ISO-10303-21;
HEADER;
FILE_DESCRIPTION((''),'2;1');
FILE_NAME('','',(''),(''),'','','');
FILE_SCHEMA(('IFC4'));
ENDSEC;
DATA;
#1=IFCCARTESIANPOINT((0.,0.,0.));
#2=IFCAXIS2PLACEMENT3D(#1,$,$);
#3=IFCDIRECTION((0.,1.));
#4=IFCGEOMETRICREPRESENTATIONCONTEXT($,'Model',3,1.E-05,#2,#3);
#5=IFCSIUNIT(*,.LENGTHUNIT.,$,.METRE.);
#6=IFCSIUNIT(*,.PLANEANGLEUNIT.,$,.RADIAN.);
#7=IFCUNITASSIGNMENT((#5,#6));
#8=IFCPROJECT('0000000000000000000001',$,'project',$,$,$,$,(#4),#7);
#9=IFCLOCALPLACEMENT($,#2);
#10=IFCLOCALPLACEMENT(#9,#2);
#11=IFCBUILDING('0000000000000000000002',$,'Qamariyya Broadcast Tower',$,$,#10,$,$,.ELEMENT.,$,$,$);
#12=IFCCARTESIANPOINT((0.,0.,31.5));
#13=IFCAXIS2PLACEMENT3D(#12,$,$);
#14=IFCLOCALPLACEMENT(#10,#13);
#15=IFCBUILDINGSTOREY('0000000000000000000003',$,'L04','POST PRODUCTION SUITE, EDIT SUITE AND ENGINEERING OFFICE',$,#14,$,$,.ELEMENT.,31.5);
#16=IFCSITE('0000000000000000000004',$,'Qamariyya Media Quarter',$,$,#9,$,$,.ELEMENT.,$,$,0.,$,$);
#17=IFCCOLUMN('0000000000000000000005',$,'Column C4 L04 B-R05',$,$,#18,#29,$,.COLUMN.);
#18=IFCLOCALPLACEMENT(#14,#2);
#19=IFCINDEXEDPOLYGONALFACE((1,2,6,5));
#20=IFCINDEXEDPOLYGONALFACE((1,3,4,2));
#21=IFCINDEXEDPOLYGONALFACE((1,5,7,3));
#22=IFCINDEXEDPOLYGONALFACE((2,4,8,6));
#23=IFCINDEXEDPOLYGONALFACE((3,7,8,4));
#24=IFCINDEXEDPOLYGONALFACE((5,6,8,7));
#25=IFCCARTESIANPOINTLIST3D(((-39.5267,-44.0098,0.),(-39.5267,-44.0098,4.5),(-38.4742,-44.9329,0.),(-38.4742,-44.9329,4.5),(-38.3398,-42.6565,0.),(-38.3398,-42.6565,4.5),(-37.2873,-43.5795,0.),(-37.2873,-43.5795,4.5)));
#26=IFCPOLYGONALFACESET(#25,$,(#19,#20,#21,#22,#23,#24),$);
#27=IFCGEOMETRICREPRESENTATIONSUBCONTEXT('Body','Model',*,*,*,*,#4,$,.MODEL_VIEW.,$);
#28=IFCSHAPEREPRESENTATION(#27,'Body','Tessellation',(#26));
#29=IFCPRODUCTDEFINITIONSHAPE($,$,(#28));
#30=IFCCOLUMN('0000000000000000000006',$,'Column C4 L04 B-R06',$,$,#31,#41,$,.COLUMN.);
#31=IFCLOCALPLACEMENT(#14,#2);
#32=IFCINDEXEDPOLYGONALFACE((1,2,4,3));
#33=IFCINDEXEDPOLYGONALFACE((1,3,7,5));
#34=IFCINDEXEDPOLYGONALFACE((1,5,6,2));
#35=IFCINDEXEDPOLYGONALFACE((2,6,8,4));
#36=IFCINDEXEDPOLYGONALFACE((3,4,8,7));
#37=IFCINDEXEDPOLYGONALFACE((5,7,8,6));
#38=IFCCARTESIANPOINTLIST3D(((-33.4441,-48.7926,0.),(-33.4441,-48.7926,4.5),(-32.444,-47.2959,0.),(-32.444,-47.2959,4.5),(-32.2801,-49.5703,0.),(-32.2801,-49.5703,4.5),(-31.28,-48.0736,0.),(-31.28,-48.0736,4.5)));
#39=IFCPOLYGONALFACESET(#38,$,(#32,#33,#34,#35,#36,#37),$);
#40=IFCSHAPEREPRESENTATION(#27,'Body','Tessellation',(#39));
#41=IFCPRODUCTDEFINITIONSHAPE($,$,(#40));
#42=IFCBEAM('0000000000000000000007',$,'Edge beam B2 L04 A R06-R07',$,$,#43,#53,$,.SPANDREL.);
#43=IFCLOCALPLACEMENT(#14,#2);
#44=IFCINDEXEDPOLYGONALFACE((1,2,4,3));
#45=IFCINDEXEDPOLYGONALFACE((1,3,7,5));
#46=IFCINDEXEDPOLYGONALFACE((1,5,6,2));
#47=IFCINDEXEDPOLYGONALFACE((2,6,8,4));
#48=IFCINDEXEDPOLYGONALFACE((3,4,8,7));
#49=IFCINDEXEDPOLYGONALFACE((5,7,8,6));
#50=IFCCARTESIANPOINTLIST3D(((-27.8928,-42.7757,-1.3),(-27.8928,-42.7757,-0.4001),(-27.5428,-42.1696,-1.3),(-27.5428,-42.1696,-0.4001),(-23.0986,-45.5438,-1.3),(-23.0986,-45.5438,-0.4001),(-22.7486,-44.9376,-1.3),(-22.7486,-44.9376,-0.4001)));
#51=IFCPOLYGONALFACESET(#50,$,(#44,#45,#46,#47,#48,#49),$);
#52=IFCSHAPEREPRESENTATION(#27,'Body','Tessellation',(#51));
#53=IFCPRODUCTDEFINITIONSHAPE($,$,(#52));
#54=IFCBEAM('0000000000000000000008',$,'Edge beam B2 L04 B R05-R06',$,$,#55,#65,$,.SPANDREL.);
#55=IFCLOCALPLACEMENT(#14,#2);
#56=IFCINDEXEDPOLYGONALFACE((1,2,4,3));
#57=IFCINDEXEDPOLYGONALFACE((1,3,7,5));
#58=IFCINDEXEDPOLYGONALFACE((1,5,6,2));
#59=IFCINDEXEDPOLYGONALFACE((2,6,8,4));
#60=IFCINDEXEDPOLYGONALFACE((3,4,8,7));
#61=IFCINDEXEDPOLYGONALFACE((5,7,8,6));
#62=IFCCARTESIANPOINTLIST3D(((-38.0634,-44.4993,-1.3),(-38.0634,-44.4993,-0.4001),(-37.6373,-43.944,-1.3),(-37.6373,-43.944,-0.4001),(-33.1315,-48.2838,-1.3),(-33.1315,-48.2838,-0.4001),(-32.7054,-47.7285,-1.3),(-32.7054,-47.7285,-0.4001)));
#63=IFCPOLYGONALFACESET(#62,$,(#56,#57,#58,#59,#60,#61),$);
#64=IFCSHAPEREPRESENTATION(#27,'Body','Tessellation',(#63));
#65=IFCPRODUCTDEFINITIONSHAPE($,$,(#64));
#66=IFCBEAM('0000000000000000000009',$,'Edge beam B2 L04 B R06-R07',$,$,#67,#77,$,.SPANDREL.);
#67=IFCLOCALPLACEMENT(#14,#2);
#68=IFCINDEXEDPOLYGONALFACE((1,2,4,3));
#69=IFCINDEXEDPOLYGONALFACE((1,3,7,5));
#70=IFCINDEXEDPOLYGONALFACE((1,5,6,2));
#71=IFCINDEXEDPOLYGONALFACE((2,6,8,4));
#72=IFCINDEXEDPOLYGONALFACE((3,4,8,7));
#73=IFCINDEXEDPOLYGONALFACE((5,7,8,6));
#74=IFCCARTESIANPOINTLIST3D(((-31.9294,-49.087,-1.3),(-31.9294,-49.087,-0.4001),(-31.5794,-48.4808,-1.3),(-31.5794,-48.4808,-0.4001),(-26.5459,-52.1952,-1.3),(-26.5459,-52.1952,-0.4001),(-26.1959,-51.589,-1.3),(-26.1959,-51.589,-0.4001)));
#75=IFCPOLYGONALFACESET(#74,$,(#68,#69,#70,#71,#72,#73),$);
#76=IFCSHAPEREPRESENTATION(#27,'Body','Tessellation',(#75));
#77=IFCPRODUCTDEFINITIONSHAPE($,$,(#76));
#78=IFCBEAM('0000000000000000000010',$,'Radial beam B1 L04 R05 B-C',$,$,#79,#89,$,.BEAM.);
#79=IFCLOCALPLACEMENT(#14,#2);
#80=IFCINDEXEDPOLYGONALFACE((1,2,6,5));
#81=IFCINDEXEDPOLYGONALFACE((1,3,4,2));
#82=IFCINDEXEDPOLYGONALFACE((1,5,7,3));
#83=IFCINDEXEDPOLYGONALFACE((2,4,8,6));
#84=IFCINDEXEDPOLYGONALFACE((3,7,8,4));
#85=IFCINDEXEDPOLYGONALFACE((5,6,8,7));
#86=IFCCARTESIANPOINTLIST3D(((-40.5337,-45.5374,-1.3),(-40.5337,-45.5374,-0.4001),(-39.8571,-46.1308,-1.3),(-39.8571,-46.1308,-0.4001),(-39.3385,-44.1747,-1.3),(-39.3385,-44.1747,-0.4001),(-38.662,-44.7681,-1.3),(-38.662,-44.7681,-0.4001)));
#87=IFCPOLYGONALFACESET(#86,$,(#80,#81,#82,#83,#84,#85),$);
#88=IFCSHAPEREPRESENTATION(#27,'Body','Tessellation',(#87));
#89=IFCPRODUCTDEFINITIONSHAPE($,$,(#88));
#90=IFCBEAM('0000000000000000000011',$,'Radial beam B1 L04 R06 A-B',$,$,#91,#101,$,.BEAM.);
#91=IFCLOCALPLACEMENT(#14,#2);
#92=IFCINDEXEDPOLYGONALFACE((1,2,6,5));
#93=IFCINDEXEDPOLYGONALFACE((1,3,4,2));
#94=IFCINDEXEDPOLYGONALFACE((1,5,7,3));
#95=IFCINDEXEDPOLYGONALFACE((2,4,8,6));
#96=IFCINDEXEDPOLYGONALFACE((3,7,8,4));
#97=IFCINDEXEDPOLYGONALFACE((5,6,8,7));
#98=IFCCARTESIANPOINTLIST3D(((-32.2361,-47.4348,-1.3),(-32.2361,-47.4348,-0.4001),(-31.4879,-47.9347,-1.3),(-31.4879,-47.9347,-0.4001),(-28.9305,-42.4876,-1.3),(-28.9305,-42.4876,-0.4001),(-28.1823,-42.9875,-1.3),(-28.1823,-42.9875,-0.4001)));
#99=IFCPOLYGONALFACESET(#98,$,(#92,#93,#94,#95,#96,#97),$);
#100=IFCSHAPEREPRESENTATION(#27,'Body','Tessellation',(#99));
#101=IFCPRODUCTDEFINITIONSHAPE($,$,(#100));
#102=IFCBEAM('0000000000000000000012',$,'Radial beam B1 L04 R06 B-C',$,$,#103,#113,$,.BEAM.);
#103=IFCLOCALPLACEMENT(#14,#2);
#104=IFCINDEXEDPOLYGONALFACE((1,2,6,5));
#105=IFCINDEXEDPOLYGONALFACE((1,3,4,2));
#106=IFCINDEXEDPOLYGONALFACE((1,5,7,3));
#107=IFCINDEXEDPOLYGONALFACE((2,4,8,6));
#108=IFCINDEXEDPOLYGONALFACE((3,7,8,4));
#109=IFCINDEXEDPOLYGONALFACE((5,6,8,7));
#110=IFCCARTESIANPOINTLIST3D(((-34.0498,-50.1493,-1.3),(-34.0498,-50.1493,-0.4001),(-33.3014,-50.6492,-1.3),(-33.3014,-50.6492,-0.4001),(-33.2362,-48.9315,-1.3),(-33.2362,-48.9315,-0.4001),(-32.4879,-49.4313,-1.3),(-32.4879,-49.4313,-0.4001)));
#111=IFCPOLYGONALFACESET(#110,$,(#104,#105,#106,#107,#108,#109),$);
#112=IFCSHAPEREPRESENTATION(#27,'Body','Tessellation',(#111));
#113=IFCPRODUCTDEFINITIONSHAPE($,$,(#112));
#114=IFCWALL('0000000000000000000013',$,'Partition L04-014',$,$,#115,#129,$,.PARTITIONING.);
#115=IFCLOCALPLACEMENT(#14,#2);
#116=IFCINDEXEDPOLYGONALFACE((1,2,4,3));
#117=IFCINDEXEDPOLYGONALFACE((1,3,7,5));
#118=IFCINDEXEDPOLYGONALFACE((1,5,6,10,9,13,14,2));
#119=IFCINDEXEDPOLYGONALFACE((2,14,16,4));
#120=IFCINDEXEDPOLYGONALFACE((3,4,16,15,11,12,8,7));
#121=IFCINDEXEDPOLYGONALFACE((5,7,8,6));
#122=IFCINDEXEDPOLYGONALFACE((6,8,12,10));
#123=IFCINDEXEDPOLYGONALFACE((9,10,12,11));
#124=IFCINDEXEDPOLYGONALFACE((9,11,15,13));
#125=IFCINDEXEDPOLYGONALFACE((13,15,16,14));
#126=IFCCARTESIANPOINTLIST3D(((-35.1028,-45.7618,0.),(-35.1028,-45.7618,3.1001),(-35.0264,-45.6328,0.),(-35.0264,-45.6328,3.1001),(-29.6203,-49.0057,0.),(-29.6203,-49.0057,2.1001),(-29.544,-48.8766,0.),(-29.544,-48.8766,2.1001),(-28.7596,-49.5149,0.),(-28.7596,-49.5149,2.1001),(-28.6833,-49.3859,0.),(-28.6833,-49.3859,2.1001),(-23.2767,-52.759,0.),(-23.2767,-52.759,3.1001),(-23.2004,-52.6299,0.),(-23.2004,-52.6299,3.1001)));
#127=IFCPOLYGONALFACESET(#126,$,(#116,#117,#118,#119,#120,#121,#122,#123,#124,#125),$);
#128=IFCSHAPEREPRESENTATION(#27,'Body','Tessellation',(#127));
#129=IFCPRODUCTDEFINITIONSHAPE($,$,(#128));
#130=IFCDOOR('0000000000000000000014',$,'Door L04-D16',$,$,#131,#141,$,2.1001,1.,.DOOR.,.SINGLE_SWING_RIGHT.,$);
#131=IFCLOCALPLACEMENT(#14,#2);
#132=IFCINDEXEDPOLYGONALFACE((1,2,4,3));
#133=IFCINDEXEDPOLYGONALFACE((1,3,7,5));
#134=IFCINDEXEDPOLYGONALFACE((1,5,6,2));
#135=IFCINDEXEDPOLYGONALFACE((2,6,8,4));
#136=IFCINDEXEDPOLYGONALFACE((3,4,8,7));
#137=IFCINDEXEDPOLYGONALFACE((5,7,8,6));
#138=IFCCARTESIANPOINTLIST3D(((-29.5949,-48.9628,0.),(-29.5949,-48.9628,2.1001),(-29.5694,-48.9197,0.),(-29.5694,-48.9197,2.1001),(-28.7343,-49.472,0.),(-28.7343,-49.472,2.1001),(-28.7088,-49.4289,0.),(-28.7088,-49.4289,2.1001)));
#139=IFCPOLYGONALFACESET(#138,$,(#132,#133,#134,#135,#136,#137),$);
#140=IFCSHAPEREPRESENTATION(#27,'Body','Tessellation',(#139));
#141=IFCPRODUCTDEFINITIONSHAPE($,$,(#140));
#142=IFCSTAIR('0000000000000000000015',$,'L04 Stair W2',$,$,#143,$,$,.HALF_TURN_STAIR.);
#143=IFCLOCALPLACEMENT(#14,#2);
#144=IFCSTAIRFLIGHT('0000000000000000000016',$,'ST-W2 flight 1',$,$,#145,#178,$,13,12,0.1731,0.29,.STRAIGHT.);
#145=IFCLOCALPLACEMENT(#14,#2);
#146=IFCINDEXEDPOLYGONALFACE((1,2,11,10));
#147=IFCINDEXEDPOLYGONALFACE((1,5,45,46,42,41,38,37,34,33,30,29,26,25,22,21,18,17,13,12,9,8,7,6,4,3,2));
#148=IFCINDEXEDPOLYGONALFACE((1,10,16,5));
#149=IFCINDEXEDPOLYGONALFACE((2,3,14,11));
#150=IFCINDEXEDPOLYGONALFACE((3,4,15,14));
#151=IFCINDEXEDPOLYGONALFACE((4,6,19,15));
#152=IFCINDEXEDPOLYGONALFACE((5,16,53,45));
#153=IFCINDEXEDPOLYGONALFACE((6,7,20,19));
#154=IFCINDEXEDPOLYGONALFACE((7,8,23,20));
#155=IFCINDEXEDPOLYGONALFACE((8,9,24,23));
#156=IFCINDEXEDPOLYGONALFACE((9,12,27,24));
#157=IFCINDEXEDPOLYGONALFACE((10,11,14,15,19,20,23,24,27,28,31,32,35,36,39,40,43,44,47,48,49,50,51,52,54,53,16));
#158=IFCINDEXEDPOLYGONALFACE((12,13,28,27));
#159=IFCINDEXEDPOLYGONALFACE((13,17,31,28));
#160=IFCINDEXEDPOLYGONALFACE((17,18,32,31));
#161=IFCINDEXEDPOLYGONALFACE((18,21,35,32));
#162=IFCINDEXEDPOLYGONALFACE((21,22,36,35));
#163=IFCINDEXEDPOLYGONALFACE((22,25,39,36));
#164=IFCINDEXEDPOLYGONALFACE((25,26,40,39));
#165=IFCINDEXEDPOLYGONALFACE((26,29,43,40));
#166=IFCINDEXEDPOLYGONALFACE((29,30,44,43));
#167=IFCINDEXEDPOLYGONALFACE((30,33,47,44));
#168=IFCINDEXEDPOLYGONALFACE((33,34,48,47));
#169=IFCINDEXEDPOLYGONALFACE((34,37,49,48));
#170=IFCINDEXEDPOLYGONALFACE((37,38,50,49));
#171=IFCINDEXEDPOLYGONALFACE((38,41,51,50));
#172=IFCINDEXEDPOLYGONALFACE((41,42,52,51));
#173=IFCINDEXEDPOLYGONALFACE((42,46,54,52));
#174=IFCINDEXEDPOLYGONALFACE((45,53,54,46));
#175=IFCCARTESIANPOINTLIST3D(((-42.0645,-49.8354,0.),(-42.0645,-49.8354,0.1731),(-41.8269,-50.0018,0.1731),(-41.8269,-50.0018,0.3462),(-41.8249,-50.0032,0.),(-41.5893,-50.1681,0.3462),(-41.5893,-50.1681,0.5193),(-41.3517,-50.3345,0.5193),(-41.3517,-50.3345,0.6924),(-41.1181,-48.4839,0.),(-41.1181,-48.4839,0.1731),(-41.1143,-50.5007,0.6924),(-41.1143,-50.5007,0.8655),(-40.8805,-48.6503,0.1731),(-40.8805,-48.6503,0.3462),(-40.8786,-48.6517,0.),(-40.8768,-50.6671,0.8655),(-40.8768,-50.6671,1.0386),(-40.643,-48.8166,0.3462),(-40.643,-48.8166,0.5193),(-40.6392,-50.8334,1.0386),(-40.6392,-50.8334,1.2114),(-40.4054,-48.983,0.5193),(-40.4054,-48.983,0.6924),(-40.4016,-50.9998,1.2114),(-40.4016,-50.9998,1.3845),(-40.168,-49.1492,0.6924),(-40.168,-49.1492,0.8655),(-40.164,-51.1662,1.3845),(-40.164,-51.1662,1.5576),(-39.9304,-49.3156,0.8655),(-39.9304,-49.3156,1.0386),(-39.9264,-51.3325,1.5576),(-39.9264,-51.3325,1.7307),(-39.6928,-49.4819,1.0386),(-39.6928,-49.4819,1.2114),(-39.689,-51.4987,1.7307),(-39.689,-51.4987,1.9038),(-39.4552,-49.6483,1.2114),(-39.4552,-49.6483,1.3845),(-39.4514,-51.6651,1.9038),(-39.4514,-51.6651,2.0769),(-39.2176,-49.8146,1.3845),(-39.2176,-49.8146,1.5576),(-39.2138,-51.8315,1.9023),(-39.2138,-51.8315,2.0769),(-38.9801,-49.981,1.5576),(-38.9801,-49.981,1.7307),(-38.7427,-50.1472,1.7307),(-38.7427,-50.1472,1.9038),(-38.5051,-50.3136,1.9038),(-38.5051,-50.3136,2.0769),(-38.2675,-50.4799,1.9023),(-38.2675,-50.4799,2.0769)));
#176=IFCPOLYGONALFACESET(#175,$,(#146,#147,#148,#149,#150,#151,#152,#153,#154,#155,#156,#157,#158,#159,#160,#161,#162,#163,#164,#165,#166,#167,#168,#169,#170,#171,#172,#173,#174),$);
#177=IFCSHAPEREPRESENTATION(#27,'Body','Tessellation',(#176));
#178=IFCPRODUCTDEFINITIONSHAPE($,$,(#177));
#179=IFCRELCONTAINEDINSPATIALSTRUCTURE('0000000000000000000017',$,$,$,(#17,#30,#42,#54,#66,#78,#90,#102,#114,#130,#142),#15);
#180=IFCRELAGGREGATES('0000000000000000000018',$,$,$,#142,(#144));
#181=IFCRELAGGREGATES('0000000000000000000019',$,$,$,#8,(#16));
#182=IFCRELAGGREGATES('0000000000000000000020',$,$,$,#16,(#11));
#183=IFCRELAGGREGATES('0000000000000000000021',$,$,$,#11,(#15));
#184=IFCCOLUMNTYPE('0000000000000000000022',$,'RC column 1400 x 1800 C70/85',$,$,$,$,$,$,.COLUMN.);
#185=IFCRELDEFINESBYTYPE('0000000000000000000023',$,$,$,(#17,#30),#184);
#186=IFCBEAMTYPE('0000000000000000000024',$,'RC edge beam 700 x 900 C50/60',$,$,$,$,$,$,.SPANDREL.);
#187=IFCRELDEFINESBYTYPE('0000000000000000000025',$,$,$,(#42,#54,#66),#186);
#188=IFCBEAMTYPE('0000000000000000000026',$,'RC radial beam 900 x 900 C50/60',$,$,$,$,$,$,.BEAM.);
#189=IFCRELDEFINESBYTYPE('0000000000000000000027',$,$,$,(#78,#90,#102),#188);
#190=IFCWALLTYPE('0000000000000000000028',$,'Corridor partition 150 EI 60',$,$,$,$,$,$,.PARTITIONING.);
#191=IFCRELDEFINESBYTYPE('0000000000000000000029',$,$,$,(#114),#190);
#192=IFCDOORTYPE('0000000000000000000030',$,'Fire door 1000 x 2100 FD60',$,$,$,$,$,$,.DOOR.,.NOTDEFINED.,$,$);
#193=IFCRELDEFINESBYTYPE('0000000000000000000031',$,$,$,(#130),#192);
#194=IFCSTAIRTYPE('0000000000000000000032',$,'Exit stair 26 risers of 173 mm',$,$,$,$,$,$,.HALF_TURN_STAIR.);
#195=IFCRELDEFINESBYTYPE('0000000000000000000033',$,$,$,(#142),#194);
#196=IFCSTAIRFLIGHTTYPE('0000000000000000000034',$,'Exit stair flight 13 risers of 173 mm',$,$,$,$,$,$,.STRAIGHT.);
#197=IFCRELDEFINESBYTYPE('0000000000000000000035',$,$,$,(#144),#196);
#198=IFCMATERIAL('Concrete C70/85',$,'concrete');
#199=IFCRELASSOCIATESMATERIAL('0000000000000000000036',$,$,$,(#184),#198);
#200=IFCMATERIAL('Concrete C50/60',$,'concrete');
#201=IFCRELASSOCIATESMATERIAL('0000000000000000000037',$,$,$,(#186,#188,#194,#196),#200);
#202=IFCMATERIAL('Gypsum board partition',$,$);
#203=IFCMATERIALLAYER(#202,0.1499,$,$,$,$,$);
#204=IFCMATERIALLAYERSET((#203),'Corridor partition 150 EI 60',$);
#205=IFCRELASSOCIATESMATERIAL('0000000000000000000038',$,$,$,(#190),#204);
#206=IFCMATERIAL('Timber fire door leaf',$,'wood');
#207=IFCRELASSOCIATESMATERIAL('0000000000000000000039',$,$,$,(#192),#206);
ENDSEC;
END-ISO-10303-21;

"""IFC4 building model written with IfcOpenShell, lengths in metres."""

from ifc_helpers import new_model, si_unit, direction, frame, frame_2d, origin, origin_2d, place, context, subcontext, project, spatial, polyline, rectangle, outline, extrude, material, layer, layer_set, material_profile, profile_set, type_object, element, fill, aggregate, save


model = new_model("IFC4")

# Units and contexts
model_context = context("Model", 3, precision=1e-05, world=origin(), true_north=direction((0.0, 1.0)))
body_context = subcontext(model_context, "Body", "Model", "MODEL_VIEW")
ifc_project = project(units=[si_unit("LENGTHUNIT", "METRE"), si_unit("PLANEANGLEUNIT", "RADIAN")], contexts=[model_context])

# Site, building, storey
site_placement = place(None, origin())
site = spatial("IfcSite", under=ifc_project, at=site_placement, Name="Qamariyya Media Quarter", CompositionType="ELEMENT", RefElevation=0.0)
building_placement = place(site_placement, origin())
building = spatial("IfcBuilding", under=site, at=building_placement, Name="Qamariyya Broadcast Tower", CompositionType="ELEMENT")
storey_placement = place(building_placement, frame((0.0, 0.0, 31.5)))
storey = spatial("IfcBuildingStorey", under=building, at=storey_placement, Name="L04", Description="POST PRODUCTION SUITE, EDIT SUITE AND ENGINEERING OFFICE", CompositionType="ELEMENT", Elevation=31.5)

# Columns
ifc_material_1 = material(Name="Concrete C70/85", Category="concrete")
ifc_material_profile_1 = material_profile(ifc_material_1, rectangle(XDim=1.3999, YDim=1.8, at=origin_2d()))
ifc_profile_set_1 = profile_set([ifc_material_profile_1], Name="Concrete C70/85")
column_type = type_object("IfcColumnType", Name="RC column 1400 x 1800 C70/85", PredefinedType="COLUMN", material=ifc_profile_set_1)
for number, where, z_axis, x_axis, name in (
    (1, (-38.407, -43.7947, 0.0), (0.0, 0.0, 1.0), (0.75184, -0.659346, 0.0), "Column C4 L04 B-R05"),
    (2, (-32.3621, -48.4331, 0.0), (0.0, 0.0, 1.0), (0.83147, -0.55557, 0.0), "Column C4 L04 B-R06"),
):
    element("IfcColumn", number, at=place(storey_placement, frame(where, z_axis=z_axis, x_axis=x_axis)), inside=storey, type_object=column_type, Name=name, PredefinedType="COLUMN", context=body_context, shape_type="SweptSolid", body=[
        extrude(rectangle(XDim=1.3999, YDim=1.8, at=origin_2d()), origin(), (0.0, 0.0, 1.0), 4.5),
    ])

# Beams
ifc_material_2 = material(Name="Concrete C50/60", Category="concrete")
ifc_material_profile_2 = material_profile(ifc_material_2, rectangle(XDim=0.7, YDim=0.8999, at=origin_2d()))
ifc_profile_set_2 = profile_set([ifc_material_profile_2], Name="Concrete C50/60")
beam_type_1 = type_object("IfcBeamType", Name="RC edge beam 700 x 900 C50/60", PredefinedType="SPANDREL", material=ifc_profile_set_2)
beam_1_placement = place(storey_placement, frame((-27.7178, -42.4727, -0.8501), z_axis=(0.866014, -0.500019, 0.0), x_axis=(0.500019, 0.866014, 0.0)))
element("IfcBeam", 3, at=beam_1_placement, inside=storey, type_object=beam_type_1, Name="Edge beam B2 L04 A R06-R07", PredefinedType="SPANDREL", context=body_context, shape_type="SweptSolid", body=[
    extrude(rectangle(XDim=0.7, YDim=0.8999, at=origin_2d()), origin(), (0.0, 0.0, 1.0), 5.5359),
])
beam_2_placement = place(storey_placement, frame((-37.8503, -44.2217, -0.8501), z_axis=(0.793349, -0.608767, 0.0), x_axis=(0.608767, 0.793349, 0.0)))
element("IfcBeam", 4, at=beam_2_placement, inside=storey, type_object=beam_type_1, Name="Edge beam B2 L04 B R05-R06", PredefinedType="SPANDREL", context=body_context, shape_type="SweptSolid", body=[
    extrude(rectangle(XDim=0.7, YDim=0.8999, at=origin_2d()), origin(), (0.0, 0.0, 1.0), 6.2166),
])
beam_3_placement = place(storey_placement, frame((-31.7544, -48.7839, -0.8501), z_axis=(0.866028, -0.499996, 0.0), x_axis=(0.499996, 0.866028, 0.0)))
element("IfcBeam", 5, at=beam_3_placement, inside=storey, type_object=beam_type_1, Name="Edge beam B2 L04 B R06-R07", PredefinedType="SPANDREL", context=body_context, shape_type="SweptSolid", body=[
    extrude(rectangle(XDim=0.7, YDim=0.8999, at=origin_2d()), origin(), (0.0, 0.0, 1.0), 6.2163),
])
ifc_material_profile_3 = material_profile(ifc_material_2, rectangle(XDim=0.8999, YDim=0.8999, at=origin_2d()))
ifc_profile_set_3 = profile_set([ifc_material_profile_3], Name="Concrete C50/60")
beam_type_2 = type_object("IfcBeamType", Name="RC radial beam 900 x 900 C50/60", PredefinedType="BEAM", material=ifc_profile_set_3)
beam_4_placement = place(storey_placement, frame((-39.0002, -44.4714, -0.8501), z_axis=(-0.659391, -0.7518, 0.0), x_axis=(0.7518, -0.659391, 0.0)))
element("IfcBeam", 6, at=beam_4_placement, inside=storey, type_object=beam_type_2, Name="Radial beam B1 L04 R05 B-C", PredefinedType="BEAM", context=body_context, shape_type="SweptSolid", body=[
    extrude(rectangle(XDim=0.8999, YDim=0.8999, at=origin_2d()), origin(), (0.0, 0.0, 1.0), 1.8125),
])
beam_5_placement = place(storey_placement, frame((-28.5564, -42.7375, -0.8501), z_axis=(-0.555571, -0.831469, 0.0), x_axis=(0.831469, -0.555571, 0.0)))
element("IfcBeam", 7, at=beam_5_placement, inside=storey, type_object=beam_type_2, Name="Radial beam B1 L04 R06 A-B", PredefinedType="BEAM", context=body_context, shape_type="SweptSolid", body=[
    extrude(rectangle(XDim=0.8999, YDim=0.8999, at=origin_2d()), origin(), (0.0, 0.0, 1.0), 5.95),
])
beam_6_placement = place(storey_placement, frame((-32.8621, -49.1814, -0.8501), z_axis=(-0.555469, -0.831537, 0.0), x_axis=(0.831537, -0.555469, 0.0)))
element("IfcBeam", 8, at=beam_6_placement, inside=storey, type_object=beam_type_2, Name="Radial beam B1 L04 R06 B-C", PredefinedType="BEAM", context=body_context, shape_type="SweptSolid", body=[
    extrude(rectangle(XDim=0.8999, YDim=0.8999, at=origin_2d()), origin(), (0.0, 0.0, 1.0), 1.4646),
])

# Wall, opening, door
ifc_material_3 = material(Name="Gypsum board partition")
ifc_layer = layer(ifc_material_3, 0.1499)
ifc_layer_set = layer_set([ifc_layer], Name="Corridor partition 150 EI 60")
wall_type = type_object("IfcWallType", Name="Corridor partition 150 EI 60", PredefinedType="PARTITIONING", material=ifc_layer_set)
wall_placement = place(storey_placement, frame((-35.0647, -45.6973, 0.0), z_axis=(0.0, 0.0, 1.0), x_axis=(0.860639, -0.509216, 0.0)))
wall = element("IfcWall", 9, at=wall_placement, inside=storey, type_object=wall_type, Name="Partition L04-014", PredefinedType="PARTITIONING", context=body_context, shape_type="SweptSolid", body=[
    extrude(rectangle(XDim=13.741, YDim=0.1499, at=frame_2d((6.8706, 0.0))), origin(), (0.0, 0.0, 1.0), 3.1001),
])
opening_placement = place(wall_placement, frame((6.3704, 0.0, 0.0)))
opening = element("IfcOpeningElement", 10, at=opening_placement, cuts=wall, PredefinedType="OPENING", context=body_context, shape_type="SweptSolid", body=[
    extrude(rectangle(XDim=1.0, YDim=2.1001, at=frame_2d((0.5, 1.05))), frame((0.0, 0.085, 0.0), z_axis=(0.0, -1.0, 0.0), x_axis=(1.0, 0.0, 0.0)), (0.0, 0.0, 1.0), 0.1699),
])
ifc_material_4 = material(Name="Timber fire door leaf", Category="wood")
door_type = type_object("IfcDoorType", Name="Fire door 1000 x 2100 FD60", OperationType="NOTDEFINED", PredefinedType="DOOR", material=ifc_material_4)
door_placement = place(opening_placement, origin())
door = element("IfcDoor", 11, at=door_placement, inside=storey, type_object=door_type, Name="Door L04-D16", OperationType="SINGLE_SWING_RIGHT", OverallHeight=2.1001, OverallWidth=1.0, PredefinedType="DOOR", context=body_context, shape_type="SweptSolid", body=[
    extrude(rectangle(XDim=1.0, YDim=2.1001, at=frame_2d((0.5, 1.05))), frame((0.0, 0.0249, 0.0), z_axis=(0.0, -1.0, 0.0), x_axis=(1.0, 0.0, 0.0)), (0.0, 0.0, 1.0), 0.05),
])
fill(opening, door)

# Stair, stair flight
stair_type = type_object("IfcStairType", Name="Exit stair 26 risers of 173 mm", PredefinedType="HALF_TURN_STAIR", material=ifc_material_2)
stair_placement = place(storey_placement, origin())
stair = element("IfcStair", 12, at=stair_placement, inside=storey, type_object=stair_type, Name="L04 Stair W2", PredefinedType="HALF_TURN_STAIR")
stair_flight_type = type_object("IfcStairFlightType", Name="Exit stair flight 13 risers of 173 mm", PredefinedType="STRAIGHT", material=ifc_material_2)
stair_flight_1_placement = place(storey_placement, frame((-41.5913, -49.1597, 0.0), z_axis=(0.0, 0.0, 1.0), x_axis=(0.819152, -0.573576, 0.0)))
stair_flight_1 = element("IfcStairFlight", 13, at=stair_flight_1_placement, type_object=stair_flight_type, Name="ST-W2 flight 1", NumberOfRisers=13, NumberOfTreads=12, PredefinedType="STRAIGHT", RiserHeight=0.1731, TreadLength=0.29, context=body_context, shape_type="SweptSolid", body=[
    extrude(outline(polyline([(0.0, 0.0), (0.0, 0.1731), (0.29, 0.1731), (0.29, 0.3462), (0.5801, 0.3462), (0.5801, 0.5193), (0.8701, 0.5193), (0.8701, 0.6924), (1.1599, 0.6924), (1.1599, 0.8655), (1.45, 0.8655), (1.45, 1.0386), (1.74, 1.0386), (1.74, 1.2114), (2.03, 1.2114), (2.03, 1.3845), (2.3201, 1.3845), (2.3201, 1.5576), (2.6101, 1.5576), (2.6101, 1.7307), (2.8999, 1.7307), (2.8999, 1.9038), (3.1899, 1.9038), (3.1899, 2.0769), (3.48, 2.0769), (3.48, 2.25), (3.48, 1.9023), (0.2925, 0.0), (0.0, 0.0)])), frame((0.0, 0.825, 0.0), z_axis=(0.0, -1.0, 0.0), x_axis=(1.0, 0.0, 0.0)), (0.0, 0.0, 1.0), 1.6499),
])
aggregate(stair, [stair_flight_1])

save(model, "model.ifc")
